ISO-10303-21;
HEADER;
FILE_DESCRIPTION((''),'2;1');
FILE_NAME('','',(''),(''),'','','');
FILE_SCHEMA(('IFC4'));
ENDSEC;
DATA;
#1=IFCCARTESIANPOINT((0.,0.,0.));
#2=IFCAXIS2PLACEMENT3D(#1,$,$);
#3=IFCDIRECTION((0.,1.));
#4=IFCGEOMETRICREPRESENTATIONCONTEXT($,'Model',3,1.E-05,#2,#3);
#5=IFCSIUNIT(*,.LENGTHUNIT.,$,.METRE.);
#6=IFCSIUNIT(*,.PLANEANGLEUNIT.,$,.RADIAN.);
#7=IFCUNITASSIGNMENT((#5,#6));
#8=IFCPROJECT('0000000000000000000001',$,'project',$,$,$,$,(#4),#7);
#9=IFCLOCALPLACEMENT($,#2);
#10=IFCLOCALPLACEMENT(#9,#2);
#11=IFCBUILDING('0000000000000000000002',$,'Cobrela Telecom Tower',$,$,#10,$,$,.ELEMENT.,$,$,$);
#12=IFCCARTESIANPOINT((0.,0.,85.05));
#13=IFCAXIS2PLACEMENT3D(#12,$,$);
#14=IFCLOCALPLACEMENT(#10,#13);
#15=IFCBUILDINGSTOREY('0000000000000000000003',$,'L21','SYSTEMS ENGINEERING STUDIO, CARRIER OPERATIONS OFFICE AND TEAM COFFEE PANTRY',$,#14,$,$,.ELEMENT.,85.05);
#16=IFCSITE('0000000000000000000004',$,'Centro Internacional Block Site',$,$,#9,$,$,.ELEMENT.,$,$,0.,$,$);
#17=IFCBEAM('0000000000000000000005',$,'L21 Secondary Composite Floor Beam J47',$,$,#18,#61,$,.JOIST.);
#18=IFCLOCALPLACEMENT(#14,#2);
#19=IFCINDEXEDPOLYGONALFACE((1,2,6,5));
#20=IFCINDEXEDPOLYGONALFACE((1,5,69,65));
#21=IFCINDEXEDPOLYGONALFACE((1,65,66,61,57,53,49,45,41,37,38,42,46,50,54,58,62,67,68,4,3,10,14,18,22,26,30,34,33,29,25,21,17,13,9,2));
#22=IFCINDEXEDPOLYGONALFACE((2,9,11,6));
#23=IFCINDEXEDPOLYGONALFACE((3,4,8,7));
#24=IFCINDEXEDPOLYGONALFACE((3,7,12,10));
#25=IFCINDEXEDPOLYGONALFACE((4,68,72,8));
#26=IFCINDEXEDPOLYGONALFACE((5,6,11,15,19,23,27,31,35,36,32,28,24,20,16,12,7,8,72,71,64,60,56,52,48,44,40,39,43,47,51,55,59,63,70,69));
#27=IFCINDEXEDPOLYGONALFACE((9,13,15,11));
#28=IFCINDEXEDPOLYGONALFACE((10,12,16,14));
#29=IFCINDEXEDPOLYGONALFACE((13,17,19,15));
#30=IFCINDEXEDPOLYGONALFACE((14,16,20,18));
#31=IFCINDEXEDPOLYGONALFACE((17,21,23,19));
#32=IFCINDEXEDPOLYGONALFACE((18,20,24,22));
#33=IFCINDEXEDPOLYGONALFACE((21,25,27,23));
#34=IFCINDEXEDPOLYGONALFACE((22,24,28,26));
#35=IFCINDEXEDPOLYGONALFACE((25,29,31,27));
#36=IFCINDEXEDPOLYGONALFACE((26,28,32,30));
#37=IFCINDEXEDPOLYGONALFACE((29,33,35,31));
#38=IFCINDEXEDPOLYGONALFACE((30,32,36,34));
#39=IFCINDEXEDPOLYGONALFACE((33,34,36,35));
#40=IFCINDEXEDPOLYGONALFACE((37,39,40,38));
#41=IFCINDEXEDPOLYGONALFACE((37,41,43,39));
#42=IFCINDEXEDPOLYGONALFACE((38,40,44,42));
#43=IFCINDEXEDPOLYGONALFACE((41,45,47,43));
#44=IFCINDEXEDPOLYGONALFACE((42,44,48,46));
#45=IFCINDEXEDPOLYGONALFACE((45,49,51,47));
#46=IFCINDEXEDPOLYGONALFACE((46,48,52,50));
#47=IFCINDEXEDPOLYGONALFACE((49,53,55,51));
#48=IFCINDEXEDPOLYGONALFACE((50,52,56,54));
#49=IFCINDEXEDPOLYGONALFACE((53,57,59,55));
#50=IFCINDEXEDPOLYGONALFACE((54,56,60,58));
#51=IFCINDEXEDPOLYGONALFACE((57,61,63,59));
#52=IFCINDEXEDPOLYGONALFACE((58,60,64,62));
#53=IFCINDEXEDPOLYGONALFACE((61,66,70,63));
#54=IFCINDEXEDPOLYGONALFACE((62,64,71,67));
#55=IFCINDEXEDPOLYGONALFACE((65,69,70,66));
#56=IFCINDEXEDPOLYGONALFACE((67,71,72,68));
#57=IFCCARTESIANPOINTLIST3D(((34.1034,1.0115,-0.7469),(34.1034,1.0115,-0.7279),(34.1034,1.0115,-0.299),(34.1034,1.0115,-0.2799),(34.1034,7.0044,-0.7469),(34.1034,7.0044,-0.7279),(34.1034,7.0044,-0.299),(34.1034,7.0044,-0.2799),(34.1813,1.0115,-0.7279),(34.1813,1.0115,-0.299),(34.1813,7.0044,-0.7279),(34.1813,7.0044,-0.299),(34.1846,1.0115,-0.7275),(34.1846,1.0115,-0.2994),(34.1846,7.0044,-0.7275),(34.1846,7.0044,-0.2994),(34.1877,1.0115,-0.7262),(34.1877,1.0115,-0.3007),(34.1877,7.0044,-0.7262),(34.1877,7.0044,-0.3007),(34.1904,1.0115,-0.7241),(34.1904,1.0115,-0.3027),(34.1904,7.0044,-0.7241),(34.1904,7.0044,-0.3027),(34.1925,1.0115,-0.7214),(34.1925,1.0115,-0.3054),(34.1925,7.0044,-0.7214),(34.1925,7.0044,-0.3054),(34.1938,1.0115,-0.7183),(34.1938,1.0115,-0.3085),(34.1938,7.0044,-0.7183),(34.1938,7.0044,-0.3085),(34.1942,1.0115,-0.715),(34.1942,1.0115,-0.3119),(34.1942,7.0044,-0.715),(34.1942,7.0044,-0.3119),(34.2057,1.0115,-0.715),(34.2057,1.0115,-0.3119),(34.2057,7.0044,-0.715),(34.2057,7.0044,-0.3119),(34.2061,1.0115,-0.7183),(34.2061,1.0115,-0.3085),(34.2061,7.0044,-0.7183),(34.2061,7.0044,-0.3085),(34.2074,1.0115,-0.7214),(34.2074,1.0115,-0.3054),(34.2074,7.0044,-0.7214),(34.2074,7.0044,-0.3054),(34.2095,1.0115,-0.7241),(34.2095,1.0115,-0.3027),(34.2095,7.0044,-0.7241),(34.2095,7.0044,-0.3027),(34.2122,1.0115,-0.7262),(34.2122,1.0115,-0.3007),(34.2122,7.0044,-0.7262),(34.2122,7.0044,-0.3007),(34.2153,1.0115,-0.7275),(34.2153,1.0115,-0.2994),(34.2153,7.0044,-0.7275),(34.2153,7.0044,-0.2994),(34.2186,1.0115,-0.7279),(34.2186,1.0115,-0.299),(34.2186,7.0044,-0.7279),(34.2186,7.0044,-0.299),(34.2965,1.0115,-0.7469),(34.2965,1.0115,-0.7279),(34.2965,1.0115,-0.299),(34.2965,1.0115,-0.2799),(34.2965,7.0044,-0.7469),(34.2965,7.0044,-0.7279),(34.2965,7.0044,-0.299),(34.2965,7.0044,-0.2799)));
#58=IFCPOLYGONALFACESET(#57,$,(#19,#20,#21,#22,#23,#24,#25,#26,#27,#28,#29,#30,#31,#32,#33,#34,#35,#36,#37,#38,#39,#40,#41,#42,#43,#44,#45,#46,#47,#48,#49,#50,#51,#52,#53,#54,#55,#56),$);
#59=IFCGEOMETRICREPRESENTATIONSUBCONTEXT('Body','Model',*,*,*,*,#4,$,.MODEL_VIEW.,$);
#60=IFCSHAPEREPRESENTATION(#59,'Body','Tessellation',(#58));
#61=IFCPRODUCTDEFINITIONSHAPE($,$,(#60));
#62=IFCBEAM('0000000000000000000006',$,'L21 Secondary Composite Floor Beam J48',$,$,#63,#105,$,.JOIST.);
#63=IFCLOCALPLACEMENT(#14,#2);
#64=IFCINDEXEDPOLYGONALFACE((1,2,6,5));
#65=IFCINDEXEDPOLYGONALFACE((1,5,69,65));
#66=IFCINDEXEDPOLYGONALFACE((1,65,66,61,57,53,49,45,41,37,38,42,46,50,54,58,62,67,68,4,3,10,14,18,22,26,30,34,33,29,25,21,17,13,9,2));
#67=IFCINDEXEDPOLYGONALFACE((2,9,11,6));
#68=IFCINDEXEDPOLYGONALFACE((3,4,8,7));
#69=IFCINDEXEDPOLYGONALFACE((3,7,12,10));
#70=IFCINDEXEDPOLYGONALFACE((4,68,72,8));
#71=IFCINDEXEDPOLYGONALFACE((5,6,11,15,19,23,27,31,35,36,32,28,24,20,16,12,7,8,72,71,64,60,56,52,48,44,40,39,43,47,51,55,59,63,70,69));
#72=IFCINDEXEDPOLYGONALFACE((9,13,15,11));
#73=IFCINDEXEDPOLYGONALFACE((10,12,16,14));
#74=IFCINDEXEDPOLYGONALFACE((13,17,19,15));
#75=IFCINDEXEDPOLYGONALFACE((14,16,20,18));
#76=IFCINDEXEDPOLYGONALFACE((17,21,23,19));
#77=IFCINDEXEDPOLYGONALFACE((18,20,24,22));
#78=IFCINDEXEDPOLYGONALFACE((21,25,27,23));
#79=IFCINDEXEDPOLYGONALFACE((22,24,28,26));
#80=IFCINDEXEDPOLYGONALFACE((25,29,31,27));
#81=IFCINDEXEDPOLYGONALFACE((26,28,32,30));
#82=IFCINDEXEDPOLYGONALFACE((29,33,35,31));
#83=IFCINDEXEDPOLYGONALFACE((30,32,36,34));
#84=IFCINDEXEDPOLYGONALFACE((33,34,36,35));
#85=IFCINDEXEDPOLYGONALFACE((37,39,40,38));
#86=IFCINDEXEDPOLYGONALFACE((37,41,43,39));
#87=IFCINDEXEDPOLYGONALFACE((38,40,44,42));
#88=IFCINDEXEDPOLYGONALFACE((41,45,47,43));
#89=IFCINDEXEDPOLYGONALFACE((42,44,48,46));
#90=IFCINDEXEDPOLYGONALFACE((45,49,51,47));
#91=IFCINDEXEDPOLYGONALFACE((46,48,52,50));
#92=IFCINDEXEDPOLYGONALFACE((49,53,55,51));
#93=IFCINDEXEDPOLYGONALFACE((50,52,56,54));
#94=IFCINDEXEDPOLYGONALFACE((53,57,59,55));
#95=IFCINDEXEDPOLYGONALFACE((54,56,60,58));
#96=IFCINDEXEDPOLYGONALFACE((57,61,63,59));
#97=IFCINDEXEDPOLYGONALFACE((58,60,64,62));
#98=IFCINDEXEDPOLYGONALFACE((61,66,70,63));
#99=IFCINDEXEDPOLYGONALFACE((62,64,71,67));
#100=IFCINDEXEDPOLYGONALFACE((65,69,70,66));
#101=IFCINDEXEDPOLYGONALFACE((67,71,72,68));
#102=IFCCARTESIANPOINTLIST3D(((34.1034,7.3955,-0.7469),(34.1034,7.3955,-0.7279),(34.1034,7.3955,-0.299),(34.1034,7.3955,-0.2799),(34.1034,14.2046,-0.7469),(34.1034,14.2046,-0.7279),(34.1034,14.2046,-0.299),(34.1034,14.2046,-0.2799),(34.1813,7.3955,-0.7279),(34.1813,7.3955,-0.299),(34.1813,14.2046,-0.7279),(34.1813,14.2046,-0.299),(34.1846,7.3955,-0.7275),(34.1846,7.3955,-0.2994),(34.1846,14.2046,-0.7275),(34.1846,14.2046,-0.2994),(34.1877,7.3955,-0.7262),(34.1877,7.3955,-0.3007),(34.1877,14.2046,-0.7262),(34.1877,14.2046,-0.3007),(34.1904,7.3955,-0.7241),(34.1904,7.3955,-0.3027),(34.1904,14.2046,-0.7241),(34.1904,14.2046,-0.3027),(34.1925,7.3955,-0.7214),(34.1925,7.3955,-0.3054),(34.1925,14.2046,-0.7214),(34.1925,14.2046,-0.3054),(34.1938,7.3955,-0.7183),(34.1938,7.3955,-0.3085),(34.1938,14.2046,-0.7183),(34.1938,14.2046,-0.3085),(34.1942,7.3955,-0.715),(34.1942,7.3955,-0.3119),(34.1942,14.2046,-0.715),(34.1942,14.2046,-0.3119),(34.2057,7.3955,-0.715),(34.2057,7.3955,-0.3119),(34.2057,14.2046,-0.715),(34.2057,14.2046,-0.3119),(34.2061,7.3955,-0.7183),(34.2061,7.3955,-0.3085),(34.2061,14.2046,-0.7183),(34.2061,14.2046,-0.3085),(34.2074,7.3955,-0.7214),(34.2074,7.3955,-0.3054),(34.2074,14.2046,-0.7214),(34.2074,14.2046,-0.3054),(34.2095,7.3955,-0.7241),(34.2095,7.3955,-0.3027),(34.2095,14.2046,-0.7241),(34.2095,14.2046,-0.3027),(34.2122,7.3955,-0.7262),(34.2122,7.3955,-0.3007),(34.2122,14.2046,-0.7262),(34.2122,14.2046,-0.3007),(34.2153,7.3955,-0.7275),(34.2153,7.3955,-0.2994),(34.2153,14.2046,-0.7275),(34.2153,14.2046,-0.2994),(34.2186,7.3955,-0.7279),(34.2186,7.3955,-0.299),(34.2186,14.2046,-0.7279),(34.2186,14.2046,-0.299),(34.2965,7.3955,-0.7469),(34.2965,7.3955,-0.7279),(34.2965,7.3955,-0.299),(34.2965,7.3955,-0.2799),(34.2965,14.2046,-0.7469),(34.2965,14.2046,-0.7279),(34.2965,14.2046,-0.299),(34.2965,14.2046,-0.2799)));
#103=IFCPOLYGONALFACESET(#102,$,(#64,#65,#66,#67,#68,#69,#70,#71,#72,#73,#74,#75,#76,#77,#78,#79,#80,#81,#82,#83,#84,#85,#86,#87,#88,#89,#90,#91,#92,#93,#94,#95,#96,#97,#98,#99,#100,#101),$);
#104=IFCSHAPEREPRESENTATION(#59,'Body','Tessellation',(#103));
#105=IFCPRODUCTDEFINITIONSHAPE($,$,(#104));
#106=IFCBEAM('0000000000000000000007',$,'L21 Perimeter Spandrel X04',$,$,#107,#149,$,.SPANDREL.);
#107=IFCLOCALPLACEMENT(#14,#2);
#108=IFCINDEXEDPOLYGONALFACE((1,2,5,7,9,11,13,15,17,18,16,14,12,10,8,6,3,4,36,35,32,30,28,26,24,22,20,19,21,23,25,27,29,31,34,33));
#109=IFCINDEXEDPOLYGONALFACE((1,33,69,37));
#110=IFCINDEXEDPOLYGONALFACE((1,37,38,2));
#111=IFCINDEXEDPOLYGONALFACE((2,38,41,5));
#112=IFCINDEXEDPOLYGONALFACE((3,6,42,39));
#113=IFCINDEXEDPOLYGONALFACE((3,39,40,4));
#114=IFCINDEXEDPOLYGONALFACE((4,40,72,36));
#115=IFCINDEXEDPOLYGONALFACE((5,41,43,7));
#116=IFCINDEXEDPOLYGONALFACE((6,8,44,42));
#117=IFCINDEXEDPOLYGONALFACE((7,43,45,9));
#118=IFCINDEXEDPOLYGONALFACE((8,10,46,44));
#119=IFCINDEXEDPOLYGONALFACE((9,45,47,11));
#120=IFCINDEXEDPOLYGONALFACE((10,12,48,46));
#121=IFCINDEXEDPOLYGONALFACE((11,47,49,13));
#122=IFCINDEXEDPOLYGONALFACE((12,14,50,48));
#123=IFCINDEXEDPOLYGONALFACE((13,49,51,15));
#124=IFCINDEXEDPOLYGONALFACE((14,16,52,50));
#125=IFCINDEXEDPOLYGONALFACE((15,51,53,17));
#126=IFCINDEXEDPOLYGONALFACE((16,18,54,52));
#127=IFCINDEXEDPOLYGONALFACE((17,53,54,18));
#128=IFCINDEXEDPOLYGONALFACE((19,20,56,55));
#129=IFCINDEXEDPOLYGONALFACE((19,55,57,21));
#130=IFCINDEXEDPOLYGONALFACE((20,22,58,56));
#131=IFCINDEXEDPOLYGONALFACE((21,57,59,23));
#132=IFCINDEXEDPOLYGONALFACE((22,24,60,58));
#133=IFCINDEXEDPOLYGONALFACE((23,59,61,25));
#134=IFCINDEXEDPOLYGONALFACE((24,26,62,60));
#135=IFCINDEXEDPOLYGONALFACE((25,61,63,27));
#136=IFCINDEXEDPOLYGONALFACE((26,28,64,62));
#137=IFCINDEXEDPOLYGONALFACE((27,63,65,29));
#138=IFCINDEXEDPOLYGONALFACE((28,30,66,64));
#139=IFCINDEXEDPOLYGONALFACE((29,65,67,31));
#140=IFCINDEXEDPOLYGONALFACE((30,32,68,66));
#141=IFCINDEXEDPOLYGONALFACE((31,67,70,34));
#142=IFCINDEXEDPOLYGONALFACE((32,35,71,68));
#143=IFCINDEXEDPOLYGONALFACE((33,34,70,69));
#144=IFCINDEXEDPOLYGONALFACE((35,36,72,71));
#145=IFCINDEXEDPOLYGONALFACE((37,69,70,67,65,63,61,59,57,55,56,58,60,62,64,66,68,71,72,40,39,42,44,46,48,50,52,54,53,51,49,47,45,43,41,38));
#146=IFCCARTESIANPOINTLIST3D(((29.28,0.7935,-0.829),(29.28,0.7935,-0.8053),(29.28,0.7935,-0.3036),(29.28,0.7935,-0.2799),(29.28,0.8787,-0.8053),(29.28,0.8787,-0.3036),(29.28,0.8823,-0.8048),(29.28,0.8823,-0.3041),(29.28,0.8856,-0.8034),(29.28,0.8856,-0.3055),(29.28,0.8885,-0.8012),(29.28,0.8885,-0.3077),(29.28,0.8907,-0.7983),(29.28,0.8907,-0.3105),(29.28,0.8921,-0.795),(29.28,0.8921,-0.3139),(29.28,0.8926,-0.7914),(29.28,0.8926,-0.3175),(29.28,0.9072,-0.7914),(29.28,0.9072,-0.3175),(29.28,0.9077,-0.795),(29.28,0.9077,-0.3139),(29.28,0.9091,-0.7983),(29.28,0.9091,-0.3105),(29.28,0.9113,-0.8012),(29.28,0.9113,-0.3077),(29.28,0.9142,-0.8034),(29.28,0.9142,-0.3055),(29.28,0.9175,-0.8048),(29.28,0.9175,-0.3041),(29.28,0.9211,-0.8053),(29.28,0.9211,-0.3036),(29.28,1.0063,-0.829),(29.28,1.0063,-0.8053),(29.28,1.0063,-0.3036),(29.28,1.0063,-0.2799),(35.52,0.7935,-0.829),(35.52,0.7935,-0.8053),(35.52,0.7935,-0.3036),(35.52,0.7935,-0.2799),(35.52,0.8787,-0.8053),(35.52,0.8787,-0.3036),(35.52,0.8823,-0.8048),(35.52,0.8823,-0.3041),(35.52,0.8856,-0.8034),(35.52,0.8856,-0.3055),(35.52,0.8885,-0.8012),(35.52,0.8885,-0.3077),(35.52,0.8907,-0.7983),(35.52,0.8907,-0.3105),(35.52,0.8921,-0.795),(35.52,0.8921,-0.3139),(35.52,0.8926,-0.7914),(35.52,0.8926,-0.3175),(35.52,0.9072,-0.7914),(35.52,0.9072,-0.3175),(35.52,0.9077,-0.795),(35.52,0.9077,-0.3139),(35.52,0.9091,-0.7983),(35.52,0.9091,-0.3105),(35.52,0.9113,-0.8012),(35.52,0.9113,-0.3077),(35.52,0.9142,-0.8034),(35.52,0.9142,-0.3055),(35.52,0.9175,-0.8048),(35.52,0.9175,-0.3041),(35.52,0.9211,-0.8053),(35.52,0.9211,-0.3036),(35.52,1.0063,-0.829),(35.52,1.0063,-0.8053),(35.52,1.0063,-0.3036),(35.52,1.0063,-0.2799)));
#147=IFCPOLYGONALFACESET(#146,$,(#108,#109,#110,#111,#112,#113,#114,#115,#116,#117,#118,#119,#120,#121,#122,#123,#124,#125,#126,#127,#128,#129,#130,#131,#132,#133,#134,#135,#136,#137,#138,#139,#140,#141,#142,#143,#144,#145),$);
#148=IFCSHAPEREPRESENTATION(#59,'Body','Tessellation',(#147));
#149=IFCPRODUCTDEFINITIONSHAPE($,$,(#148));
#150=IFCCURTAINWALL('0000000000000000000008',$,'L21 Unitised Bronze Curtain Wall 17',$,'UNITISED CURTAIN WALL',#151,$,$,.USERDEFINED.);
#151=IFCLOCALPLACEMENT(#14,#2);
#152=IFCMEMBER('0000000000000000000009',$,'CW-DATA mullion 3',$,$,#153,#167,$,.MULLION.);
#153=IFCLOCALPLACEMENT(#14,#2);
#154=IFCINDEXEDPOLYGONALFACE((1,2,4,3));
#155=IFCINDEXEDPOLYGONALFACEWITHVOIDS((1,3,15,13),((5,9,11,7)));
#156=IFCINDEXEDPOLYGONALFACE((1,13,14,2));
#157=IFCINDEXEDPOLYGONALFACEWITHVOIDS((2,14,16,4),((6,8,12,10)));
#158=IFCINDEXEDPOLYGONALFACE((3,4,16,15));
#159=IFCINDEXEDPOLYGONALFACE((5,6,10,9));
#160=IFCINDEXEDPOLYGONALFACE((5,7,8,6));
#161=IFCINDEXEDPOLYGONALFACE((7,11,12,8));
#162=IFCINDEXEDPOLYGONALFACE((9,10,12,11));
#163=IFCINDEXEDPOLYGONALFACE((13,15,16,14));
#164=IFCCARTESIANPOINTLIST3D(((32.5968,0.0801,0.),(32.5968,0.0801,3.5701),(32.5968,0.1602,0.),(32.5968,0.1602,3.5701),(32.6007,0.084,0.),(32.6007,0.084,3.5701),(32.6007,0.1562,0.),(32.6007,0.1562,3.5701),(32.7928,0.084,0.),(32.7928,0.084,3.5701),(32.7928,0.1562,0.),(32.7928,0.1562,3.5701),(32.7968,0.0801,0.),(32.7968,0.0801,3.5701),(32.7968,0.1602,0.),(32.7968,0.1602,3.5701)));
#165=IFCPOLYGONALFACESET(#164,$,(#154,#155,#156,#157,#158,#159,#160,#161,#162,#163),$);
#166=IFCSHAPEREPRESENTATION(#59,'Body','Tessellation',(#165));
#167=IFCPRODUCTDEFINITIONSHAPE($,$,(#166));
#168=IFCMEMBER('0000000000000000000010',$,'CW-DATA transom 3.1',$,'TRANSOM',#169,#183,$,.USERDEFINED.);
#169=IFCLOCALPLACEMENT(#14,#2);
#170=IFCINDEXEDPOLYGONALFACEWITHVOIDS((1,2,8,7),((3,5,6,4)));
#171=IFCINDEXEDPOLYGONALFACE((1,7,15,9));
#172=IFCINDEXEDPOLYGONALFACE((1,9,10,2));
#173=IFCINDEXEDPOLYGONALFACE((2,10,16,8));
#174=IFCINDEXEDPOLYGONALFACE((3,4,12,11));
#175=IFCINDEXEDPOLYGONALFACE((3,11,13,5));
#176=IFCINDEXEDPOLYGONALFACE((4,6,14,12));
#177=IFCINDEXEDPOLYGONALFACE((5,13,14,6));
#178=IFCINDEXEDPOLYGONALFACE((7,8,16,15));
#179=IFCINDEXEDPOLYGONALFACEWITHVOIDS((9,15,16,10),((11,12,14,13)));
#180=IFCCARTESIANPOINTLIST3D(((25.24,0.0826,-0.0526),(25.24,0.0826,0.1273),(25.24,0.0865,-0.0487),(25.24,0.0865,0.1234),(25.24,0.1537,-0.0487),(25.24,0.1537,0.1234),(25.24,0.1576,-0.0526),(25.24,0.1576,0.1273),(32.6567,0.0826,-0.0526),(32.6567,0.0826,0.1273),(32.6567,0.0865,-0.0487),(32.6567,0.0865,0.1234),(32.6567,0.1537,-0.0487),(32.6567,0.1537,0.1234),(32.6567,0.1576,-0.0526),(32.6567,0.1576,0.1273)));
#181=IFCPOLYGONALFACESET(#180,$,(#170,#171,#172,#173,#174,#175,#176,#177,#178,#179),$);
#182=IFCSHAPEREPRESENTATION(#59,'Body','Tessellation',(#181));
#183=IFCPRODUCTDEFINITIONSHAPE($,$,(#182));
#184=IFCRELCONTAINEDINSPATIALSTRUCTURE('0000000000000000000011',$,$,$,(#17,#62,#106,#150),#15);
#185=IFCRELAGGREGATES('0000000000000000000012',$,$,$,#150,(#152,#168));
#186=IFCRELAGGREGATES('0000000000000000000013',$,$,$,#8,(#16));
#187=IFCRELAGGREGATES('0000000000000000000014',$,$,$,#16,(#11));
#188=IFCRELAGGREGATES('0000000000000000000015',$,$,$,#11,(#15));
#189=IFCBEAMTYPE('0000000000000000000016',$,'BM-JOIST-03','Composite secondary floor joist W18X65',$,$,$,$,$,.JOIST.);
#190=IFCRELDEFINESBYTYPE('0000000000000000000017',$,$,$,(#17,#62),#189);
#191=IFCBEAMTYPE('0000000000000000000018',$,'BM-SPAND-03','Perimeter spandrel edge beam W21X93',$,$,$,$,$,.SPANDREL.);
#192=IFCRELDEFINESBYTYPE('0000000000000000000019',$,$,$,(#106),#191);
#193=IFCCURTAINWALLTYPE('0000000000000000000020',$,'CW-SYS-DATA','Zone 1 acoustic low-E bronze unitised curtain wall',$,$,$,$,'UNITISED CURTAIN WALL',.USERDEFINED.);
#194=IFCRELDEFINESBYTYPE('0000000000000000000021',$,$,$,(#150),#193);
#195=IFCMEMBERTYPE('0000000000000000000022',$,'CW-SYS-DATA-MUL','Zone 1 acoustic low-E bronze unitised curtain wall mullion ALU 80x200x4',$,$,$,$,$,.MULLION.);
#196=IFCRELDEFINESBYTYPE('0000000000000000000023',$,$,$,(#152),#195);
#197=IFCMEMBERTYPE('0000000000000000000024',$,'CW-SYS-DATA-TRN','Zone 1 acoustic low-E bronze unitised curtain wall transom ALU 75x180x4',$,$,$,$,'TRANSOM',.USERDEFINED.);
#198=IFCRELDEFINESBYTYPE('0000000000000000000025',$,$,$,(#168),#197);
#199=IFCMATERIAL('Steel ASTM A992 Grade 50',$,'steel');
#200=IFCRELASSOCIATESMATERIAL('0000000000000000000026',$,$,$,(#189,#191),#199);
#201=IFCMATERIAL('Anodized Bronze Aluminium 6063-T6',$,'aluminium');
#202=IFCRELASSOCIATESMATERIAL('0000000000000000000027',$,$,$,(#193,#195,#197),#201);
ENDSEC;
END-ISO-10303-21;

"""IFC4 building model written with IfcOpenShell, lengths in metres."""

from ifc_helpers import new_model, si_unit, direction, frame, origin, origin_2d, place, context, subcontext, project, spatial, hollow_rectangle, i_section, extrude, material, material_profile, profile_set, type_object, element, aggregate, save


model = new_model("IFC4")

# Units and contexts
model_context = context("Model", 3, precision=1e-05, world=origin(), true_north=direction((0.0, 1.0)))
body_context = subcontext(model_context, "Body", "Model", "MODEL_VIEW")
ifc_project = project(units=[si_unit("LENGTHUNIT", "METRE"), si_unit("PLANEANGLEUNIT", "RADIAN")], contexts=[model_context])

# Site, building, storey
site_placement = place(None, origin())
site = spatial("IfcSite", under=ifc_project, at=site_placement, Name="Centro Internacional Block Site", CompositionType="ELEMENT", RefElevation=0.0)
building_placement = place(site_placement, origin())
building = spatial("IfcBuilding", under=site, at=building_placement, Name="Cobrela Telecom Tower", CompositionType="ELEMENT")
storey_placement = place(building_placement, frame((0.0, 0.0, 85.05)))
storey = spatial("IfcBuildingStorey", under=building, at=storey_placement, Name="L21", Description="SYSTEMS ENGINEERING STUDIO, CARRIER OPERATIONS OFFICE AND TEAM COFFEE PANTRY", CompositionType="ELEMENT", Elevation=85.05)

# Shared definitions
ifc_material_1 = material(Name="Steel ASTM A992 Grade 50", Category="steel")

# Beams
ifc_material_profile_1 = material_profile(ifc_material_1, i_section(OverallWidth=0.1931, OverallDepth=0.467, WebThickness=0.0115, FlangeThickness=0.019, FilletRadius=0.0129, at=origin_2d()), Name="W18X65")
ifc_profile_set_1 = profile_set([ifc_material_profile_1], Name="Steel ASTM A992 Grade 50")
beam_type_1 = type_object("IfcBeamType", Name="BM-JOIST-03", Description="Composite secondary floor joist W18X65", PredefinedType="JOIST", material=ifc_profile_set_1)
beam_1_placement = place(storey_placement, frame((34.2, 1.0115, -0.5134), z_axis=(0.0, 1.0, 0.0), x_axis=(-1.0, 0.0, 0.0)))
element("IfcBeam", 1, at=beam_1_placement, inside=storey, type_object=beam_type_1, Name="L21 Secondary Composite Floor Beam J47", PredefinedType="JOIST", context=body_context, shape_type="SweptSolid", body=[
    extrude(i_section(OverallWidth=0.1931, OverallDepth=0.467, WebThickness=0.0115, FlangeThickness=0.019, FilletRadius=0.0129, at=origin_2d()), origin(), (0.0, 0.0, 1.0), 5.9929),
])
beam_2_placement = place(storey_placement, frame((34.2, 7.3955, -0.5134), z_axis=(0.0, 1.0, 0.0), x_axis=(-1.0, 0.0, 0.0)))
element("IfcBeam", 2, at=beam_2_placement, inside=storey, type_object=beam_type_1, Name="L21 Secondary Composite Floor Beam J48", PredefinedType="JOIST", context=body_context, shape_type="SweptSolid", body=[
    extrude(i_section(OverallWidth=0.1931, OverallDepth=0.467, WebThickness=0.0115, FlangeThickness=0.019, FilletRadius=0.0129, at=origin_2d()), origin(), (0.0, 0.0, 1.0), 6.8091),
])
ifc_material_profile_2 = material_profile(ifc_material_1, i_section(OverallWidth=0.2129, OverallDepth=0.5491, WebThickness=0.0146, FlangeThickness=0.0237, FilletRadius=0.0139, at=origin_2d()), Name="W21X93")
ifc_profile_set_2 = profile_set([ifc_material_profile_2], Name="Steel ASTM A992 Grade 50")
beam_type_2 = type_object("IfcBeamType", Name="BM-SPAND-03", Description="Perimeter spandrel edge beam W21X93", PredefinedType="SPANDREL", material=ifc_profile_set_2)
beam_3_placement = place(storey_placement, frame((29.28, 0.8999, -0.5544), z_axis=(1.0, 0.0, 0.0), x_axis=(0.0, 1.0, 0.0)))
element("IfcBeam", 3, at=beam_3_placement, inside=storey, type_object=beam_type_2, Name="L21 Perimeter Spandrel X04", PredefinedType="SPANDREL", context=body_context, shape_type="SweptSolid", body=[
    extrude(i_section(OverallWidth=0.2129, OverallDepth=0.5491, WebThickness=0.0146, FlangeThickness=0.0237, FilletRadius=0.0139, at=origin_2d()), origin(), (0.0, 0.0, 1.0), 6.24),
])

# Curtain wall, members
ifc_material_2 = material(Name="Anodized Bronze Aluminium 6063-T6", Category="aluminium")
curtain_wall_type = type_object("IfcCurtainWallType", Name="CW-SYS-DATA", Description="Zone 1 acoustic low-E bronze unitised curtain wall", ElementType="UNITISED CURTAIN WALL", PredefinedType="USERDEFINED", material=ifc_material_2)
curtain_wall_placement = place(storey_placement, origin())
curtain_wall = element("IfcCurtainWall", 4, at=curtain_wall_placement, inside=storey, type_object=curtain_wall_type, Name="L21 Unitised Bronze Curtain Wall 17", ObjectType="UNITISED CURTAIN WALL", PredefinedType="USERDEFINED")
ifc_material_profile_3 = material_profile(ifc_material_2, hollow_rectangle(XDim=0.0801, YDim=0.2, WallThickness=0.0039, at=origin_2d()), Name="ALU 80x200x4")
ifc_profile_set_3 = profile_set([ifc_material_profile_3], Name="Anodized Bronze Aluminium 6063-T6")
member_type_1 = type_object("IfcMemberType", Name="CW-SYS-DATA-MUL", Description="Zone 1 acoustic low-E bronze unitised curtain wall mullion ALU 80x200x4", PredefinedType="MULLION", material=ifc_profile_set_3)
member_1_placement = place(storey_placement, frame((32.6968, 0.1201, 0.0), z_axis=(0.0, 0.0, 1.0), x_axis=(0.0, -1.0, 0.0)))
member_1 = element("IfcMember", 5, at=member_1_placement, type_object=member_type_1, Name="CW-DATA mullion 3", PredefinedType="MULLION", context=body_context, shape_type="SweptSolid", body=[
    extrude(hollow_rectangle(XDim=0.0801, YDim=0.2, WallThickness=0.0039, at=origin_2d()), origin(), (0.0, 0.0, 1.0), 3.5701),
])
ifc_material_profile_4 = material_profile(ifc_material_2, hollow_rectangle(XDim=0.075, YDim=0.1799, WallThickness=0.0039, at=origin_2d()), Name="ALU 75x180x4")
ifc_profile_set_4 = profile_set([ifc_material_profile_4], Name="Anodized Bronze Aluminium 6063-T6")
member_type_2 = type_object("IfcMemberType", Name="CW-SYS-DATA-TRN", Description="Zone 1 acoustic low-E bronze unitised curtain wall transom ALU 75x180x4", ElementType="TRANSOM", PredefinedType="USERDEFINED", material=ifc_profile_set_4)
member_2_placement = place(storey_placement, frame((32.6567, 0.1201, 0.0374), z_axis=(-1.0, 0.0, 0.0), x_axis=(0.0, -1.0, 0.0)))
member_2 = element("IfcMember", 6, at=member_2_placement, type_object=member_type_2, Name="CW-DATA transom 3.1", ObjectType="TRANSOM", PredefinedType="USERDEFINED", context=body_context, shape_type="SweptSolid", body=[
    extrude(hollow_rectangle(XDim=0.075, YDim=0.1799, WallThickness=0.0039, at=origin_2d()), origin(), (0.0, 0.0, 1.0), 7.4167),
])
aggregate(curtain_wall, [member_1, member_2])

save(model, "model.ifc")
